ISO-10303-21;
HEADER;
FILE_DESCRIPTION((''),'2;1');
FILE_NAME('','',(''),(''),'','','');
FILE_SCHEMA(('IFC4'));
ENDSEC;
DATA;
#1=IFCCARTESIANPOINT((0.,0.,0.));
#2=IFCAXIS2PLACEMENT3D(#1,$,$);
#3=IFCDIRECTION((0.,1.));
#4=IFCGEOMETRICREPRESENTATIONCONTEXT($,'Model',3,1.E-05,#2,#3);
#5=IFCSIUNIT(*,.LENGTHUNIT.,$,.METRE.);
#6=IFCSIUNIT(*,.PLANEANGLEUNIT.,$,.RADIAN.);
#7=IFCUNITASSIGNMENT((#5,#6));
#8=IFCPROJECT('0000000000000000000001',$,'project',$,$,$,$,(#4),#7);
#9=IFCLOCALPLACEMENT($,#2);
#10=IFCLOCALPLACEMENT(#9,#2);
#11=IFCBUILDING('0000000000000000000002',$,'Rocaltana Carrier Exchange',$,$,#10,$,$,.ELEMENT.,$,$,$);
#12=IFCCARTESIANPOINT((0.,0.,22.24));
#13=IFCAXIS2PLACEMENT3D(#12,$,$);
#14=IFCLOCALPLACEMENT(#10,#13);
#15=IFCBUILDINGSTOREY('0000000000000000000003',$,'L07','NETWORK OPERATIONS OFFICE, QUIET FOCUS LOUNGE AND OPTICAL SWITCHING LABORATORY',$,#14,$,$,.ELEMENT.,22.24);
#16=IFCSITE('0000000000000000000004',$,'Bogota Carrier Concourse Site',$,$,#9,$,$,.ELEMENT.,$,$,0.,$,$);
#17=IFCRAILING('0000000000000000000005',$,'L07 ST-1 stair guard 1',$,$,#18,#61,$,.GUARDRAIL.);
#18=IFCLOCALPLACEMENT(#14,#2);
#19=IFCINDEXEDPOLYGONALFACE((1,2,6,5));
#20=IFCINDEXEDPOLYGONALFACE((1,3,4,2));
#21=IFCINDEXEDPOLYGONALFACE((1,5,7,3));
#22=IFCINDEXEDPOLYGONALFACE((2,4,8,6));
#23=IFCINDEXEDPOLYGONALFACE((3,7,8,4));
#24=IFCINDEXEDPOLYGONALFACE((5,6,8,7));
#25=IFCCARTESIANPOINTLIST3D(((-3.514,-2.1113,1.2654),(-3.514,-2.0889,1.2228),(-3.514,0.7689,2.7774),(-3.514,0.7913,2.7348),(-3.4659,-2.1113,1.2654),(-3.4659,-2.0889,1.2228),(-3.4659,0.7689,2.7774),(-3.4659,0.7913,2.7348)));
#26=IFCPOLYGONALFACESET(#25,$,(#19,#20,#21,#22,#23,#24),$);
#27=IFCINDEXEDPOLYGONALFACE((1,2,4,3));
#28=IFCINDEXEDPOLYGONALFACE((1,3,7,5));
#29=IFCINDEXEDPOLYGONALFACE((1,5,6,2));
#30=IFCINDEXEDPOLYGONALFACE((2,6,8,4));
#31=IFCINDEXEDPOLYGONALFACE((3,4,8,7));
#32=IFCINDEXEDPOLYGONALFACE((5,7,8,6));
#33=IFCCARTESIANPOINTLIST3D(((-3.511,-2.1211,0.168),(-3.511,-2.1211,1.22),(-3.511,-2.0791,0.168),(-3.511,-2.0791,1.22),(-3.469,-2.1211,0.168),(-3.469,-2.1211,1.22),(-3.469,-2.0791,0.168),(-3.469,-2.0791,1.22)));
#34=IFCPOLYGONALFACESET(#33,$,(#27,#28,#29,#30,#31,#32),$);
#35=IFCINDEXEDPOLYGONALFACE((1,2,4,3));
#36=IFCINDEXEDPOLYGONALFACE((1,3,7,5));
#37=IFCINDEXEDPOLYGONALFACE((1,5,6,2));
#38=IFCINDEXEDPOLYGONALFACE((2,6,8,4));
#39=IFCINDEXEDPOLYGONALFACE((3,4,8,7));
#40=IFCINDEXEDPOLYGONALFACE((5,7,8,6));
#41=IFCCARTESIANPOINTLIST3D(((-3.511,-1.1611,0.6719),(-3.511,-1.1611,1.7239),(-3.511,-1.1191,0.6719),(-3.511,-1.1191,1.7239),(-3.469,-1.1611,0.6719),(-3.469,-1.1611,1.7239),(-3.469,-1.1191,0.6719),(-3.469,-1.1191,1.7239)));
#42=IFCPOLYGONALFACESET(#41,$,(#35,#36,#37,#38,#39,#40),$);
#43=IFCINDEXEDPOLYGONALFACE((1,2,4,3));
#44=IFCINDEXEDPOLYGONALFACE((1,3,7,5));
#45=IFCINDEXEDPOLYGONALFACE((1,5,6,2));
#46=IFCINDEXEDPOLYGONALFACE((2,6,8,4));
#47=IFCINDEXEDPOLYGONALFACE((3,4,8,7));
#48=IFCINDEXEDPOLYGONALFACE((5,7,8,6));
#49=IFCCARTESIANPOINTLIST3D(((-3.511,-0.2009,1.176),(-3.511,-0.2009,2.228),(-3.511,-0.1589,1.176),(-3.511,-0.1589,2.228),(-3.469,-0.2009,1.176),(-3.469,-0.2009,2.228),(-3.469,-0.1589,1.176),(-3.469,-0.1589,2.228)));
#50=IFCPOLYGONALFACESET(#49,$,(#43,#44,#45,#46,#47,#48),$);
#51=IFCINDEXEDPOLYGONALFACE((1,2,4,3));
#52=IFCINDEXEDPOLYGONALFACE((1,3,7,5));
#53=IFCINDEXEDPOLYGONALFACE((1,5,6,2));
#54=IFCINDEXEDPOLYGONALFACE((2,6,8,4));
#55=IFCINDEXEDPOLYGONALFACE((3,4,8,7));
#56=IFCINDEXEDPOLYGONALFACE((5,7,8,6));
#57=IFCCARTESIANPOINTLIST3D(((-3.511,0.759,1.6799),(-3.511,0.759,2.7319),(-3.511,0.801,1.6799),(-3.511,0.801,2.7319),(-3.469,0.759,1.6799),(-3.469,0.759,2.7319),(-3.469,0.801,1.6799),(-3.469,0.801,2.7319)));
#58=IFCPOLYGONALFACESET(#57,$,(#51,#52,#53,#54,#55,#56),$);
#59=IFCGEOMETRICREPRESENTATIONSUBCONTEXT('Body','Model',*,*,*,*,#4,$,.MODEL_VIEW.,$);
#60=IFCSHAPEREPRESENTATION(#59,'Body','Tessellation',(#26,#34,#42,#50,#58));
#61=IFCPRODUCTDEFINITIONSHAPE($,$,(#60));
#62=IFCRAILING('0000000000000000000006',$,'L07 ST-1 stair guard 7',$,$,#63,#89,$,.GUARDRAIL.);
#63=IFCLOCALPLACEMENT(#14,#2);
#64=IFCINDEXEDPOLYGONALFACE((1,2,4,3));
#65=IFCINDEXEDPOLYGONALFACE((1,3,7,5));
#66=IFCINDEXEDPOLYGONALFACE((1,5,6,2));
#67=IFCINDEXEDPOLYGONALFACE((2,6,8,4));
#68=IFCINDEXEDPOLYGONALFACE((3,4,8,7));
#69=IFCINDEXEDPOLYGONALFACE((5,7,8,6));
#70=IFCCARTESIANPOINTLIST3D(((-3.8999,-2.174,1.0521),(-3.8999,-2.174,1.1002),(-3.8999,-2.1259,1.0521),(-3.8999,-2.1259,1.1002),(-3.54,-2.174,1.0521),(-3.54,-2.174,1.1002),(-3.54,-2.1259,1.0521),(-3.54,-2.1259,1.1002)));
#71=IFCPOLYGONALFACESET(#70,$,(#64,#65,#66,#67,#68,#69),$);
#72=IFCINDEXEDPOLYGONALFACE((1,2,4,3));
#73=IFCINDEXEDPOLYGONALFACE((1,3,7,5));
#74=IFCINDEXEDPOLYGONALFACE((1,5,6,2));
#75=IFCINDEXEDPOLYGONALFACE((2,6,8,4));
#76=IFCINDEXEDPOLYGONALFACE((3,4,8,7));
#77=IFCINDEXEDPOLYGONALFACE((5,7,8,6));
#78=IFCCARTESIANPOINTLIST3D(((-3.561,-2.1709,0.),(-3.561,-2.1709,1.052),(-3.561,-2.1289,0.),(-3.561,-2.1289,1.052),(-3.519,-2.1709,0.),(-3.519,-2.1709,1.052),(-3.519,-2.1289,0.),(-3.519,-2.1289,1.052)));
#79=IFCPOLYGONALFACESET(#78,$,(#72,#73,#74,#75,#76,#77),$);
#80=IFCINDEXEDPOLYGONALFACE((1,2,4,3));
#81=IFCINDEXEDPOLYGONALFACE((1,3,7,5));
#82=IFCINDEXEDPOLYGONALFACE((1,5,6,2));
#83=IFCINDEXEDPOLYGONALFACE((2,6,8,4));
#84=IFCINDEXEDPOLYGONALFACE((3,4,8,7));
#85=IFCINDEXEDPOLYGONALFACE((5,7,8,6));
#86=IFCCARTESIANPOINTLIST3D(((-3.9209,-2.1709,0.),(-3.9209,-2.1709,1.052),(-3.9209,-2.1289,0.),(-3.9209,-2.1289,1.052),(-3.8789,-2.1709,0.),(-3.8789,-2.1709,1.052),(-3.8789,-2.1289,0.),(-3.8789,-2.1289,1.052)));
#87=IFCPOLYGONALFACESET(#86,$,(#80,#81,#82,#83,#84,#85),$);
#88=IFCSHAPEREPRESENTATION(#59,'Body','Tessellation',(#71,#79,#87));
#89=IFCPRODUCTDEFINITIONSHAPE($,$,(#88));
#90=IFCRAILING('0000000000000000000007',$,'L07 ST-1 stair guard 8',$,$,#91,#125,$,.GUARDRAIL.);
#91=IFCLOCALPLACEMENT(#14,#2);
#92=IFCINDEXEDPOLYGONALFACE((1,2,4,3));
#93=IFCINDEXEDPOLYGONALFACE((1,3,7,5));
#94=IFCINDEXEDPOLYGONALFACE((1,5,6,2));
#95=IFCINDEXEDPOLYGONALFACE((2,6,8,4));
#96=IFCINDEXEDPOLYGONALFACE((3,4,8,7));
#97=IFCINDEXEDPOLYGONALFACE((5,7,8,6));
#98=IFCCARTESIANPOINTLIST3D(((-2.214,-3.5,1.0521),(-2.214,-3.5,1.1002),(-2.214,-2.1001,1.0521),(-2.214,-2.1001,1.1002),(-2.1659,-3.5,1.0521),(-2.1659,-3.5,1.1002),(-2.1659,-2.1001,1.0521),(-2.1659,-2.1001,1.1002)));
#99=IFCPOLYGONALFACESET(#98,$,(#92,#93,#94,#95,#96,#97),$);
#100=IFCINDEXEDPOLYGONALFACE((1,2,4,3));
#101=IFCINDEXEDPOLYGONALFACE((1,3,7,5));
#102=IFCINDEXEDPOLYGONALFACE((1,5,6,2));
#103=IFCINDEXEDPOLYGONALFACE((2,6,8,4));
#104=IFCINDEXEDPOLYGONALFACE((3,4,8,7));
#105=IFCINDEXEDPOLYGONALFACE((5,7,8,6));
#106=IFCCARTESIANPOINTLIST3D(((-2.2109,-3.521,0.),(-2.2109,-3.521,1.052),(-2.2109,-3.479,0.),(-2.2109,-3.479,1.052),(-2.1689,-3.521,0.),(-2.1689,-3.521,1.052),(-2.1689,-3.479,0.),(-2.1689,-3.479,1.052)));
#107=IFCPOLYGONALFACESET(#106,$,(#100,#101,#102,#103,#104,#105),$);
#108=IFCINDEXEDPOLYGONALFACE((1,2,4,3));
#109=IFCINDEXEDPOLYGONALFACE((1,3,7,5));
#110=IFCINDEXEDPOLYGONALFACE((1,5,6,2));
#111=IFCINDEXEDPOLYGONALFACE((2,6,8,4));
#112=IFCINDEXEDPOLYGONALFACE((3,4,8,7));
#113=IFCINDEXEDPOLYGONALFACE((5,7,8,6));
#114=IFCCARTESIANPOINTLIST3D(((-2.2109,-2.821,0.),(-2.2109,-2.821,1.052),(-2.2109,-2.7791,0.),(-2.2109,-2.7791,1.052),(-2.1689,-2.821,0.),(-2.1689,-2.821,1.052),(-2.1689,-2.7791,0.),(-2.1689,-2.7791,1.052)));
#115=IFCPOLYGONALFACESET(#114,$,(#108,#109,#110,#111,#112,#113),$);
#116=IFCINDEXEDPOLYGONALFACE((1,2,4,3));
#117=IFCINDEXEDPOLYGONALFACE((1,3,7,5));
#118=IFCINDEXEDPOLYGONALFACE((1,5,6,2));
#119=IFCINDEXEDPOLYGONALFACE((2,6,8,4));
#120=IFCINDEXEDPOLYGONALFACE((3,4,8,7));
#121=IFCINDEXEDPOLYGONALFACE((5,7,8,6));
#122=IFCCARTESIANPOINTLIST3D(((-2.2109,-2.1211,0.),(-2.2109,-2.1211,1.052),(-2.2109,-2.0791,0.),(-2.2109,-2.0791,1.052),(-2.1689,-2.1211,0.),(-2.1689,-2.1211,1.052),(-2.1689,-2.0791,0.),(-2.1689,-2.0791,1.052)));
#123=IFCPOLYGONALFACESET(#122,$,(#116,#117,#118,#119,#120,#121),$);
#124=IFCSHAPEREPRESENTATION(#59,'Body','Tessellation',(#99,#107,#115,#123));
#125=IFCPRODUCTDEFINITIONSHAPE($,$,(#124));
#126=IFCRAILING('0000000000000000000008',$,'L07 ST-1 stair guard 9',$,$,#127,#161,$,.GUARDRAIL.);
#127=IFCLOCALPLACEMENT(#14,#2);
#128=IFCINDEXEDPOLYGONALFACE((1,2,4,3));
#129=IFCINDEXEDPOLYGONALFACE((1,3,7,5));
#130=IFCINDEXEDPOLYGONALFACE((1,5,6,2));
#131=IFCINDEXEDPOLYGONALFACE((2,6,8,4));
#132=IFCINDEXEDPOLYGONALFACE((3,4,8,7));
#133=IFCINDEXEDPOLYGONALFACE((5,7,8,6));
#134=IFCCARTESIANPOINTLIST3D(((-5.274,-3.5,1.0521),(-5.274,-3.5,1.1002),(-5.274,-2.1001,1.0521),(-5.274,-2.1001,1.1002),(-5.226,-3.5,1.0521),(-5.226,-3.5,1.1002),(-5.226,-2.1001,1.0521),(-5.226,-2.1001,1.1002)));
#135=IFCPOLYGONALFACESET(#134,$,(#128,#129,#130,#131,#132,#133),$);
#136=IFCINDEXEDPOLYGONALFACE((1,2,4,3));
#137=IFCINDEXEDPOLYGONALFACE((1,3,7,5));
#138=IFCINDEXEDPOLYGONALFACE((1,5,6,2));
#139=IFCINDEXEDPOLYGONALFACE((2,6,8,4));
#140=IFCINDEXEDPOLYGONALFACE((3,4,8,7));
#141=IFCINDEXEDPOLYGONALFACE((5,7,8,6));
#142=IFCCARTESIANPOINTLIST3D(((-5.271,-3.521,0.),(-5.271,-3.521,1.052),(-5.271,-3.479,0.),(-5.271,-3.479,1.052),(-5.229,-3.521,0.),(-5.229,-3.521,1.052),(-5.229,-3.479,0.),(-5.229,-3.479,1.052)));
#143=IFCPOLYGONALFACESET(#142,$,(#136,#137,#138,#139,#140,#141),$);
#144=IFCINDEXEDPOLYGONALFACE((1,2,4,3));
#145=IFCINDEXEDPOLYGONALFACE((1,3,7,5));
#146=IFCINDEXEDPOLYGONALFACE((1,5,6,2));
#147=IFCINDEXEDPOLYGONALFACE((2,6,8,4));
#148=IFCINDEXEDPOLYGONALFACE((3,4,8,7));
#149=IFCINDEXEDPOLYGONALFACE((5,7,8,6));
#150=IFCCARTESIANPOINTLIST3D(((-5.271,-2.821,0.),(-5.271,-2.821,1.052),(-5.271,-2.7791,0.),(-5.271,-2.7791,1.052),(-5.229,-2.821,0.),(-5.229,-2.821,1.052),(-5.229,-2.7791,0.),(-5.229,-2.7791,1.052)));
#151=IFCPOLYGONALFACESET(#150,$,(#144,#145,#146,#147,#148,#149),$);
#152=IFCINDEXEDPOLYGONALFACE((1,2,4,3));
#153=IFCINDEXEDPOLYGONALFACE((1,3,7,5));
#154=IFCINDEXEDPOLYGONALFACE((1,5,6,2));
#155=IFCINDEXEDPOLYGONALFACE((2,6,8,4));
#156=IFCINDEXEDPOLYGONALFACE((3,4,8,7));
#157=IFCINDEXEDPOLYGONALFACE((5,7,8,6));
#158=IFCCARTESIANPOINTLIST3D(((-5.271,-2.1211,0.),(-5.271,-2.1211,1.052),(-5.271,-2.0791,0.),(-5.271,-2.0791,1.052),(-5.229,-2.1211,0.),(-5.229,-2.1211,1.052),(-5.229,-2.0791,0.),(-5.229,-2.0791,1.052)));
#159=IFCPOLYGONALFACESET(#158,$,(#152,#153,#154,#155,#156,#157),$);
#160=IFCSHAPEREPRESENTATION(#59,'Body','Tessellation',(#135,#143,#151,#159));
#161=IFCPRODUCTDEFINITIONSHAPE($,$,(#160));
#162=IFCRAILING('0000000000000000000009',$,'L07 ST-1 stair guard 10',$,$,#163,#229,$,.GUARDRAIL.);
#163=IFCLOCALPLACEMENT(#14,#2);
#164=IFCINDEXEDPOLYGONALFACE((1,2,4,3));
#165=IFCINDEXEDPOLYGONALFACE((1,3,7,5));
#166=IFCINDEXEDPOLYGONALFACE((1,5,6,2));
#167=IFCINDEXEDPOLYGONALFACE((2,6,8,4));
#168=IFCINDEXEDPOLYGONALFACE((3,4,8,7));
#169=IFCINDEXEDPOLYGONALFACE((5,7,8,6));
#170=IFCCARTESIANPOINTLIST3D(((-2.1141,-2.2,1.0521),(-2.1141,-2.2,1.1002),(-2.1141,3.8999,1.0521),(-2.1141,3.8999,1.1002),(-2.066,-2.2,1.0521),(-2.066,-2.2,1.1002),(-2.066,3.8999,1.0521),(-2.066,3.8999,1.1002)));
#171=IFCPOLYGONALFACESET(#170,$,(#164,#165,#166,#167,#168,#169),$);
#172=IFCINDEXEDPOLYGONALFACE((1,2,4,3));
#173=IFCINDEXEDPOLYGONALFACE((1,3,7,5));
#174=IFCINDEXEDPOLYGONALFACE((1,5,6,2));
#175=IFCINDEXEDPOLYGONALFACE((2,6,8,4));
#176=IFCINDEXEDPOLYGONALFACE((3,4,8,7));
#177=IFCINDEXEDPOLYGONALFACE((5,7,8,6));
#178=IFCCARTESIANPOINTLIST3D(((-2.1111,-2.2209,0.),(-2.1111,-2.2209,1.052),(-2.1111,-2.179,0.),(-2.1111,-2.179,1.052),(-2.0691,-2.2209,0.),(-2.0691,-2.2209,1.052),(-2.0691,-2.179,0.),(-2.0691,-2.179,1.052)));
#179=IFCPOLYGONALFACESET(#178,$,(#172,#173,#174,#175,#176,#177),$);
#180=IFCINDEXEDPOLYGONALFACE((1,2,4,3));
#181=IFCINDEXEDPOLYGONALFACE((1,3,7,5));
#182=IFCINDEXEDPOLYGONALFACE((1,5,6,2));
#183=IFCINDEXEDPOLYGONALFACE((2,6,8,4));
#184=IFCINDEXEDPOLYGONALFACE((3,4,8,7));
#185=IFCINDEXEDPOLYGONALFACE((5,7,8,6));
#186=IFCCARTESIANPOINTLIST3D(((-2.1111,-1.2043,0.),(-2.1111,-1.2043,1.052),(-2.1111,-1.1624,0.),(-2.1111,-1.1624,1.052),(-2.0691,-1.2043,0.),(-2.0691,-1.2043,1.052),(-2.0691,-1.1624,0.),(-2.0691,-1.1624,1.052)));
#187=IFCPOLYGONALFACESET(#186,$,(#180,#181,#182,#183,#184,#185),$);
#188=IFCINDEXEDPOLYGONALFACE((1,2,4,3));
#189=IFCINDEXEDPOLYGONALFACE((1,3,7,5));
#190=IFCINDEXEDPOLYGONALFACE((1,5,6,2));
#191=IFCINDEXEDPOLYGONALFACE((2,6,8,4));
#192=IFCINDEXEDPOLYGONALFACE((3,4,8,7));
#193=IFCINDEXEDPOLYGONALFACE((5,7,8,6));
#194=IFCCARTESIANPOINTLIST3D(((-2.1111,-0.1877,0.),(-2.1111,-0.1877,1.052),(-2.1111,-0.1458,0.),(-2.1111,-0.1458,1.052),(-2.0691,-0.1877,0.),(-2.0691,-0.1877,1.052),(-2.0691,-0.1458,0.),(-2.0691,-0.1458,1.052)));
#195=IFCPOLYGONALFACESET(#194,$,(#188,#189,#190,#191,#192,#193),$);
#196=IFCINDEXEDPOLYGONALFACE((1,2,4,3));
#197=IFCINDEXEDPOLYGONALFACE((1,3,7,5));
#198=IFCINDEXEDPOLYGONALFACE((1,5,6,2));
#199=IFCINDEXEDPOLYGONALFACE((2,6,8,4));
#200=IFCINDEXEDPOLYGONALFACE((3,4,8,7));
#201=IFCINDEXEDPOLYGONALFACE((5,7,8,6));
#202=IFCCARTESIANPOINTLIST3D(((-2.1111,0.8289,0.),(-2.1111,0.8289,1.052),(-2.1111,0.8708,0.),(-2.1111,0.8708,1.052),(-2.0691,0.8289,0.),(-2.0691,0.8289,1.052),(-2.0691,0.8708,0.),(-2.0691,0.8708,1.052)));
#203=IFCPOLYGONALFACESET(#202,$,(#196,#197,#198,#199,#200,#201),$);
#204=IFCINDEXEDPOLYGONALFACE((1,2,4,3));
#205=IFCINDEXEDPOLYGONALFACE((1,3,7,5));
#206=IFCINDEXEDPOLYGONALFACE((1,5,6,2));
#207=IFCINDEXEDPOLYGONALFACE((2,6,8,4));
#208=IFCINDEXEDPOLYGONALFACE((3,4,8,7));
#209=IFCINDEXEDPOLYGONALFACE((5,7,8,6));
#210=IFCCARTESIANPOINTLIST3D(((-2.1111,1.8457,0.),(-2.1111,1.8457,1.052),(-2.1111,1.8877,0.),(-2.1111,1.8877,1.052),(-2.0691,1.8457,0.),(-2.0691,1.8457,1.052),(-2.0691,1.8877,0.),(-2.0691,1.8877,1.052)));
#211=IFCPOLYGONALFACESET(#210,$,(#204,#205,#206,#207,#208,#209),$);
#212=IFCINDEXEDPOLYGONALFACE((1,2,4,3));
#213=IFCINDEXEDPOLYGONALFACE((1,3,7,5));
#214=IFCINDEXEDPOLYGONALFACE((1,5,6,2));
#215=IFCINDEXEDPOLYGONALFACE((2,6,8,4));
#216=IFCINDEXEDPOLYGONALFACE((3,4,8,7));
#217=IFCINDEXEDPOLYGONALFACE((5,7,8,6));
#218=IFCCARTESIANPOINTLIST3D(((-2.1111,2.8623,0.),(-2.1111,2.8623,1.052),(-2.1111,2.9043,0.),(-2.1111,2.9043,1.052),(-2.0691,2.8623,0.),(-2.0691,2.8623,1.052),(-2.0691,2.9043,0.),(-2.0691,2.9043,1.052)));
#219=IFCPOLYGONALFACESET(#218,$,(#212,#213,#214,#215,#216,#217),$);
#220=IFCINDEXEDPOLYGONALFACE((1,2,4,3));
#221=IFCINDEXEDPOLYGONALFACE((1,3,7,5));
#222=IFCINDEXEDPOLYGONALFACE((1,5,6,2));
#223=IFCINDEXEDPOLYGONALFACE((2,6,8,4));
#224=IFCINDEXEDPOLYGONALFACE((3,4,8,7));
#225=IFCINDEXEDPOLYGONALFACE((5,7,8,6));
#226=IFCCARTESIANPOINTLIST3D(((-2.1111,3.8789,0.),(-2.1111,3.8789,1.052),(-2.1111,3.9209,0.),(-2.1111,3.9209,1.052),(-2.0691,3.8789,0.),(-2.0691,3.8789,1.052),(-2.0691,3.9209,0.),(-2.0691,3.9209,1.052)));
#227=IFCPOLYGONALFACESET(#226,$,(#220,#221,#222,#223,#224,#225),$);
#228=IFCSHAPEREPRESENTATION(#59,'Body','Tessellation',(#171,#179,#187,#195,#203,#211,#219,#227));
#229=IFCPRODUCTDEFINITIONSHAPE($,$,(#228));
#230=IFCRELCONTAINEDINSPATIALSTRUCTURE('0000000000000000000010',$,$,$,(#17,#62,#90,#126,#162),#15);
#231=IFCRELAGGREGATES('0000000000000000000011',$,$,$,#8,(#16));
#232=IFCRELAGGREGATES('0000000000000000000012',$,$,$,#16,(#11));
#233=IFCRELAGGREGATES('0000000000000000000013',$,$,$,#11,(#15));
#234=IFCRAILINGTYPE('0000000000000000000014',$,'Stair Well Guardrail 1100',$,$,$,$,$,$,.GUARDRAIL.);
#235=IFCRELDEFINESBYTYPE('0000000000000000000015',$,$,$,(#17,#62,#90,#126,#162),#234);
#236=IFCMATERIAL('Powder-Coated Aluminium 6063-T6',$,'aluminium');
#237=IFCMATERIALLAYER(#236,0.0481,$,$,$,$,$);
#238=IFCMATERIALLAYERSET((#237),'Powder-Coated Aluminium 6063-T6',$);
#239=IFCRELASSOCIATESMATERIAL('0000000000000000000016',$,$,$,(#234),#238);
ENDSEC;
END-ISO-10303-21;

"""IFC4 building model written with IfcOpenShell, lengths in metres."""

from ifc_helpers import new_model, si_unit, direction, frame, origin, origin_2d, place, context, subcontext, project, spatial, rectangle, extrude, material, layer, layer_set, type_object, element, save


model = new_model("IFC4")

# Units and contexts
model_context = context("Model", 3, precision=1e-05, world=origin(), true_north=direction((0.0, 1.0)))
body_context = subcontext(model_context, "Body", "Model", "MODEL_VIEW")
ifc_project = project(units=[si_unit("LENGTHUNIT", "METRE"), si_unit("PLANEANGLEUNIT", "RADIAN")], contexts=[model_context])

# Site, building, storey
site_placement = place(None, origin())
site = spatial("IfcSite", under=ifc_project, at=site_placement, Name="Bogota Carrier Concourse Site", CompositionType="ELEMENT", RefElevation=0.0)
building_placement = place(site_placement, origin())
building = spatial("IfcBuilding", under=site, at=building_placement, Name="Rocaltana Carrier Exchange", CompositionType="ELEMENT")
storey_placement = place(building_placement, frame((0.0, 0.0, 22.24)))
storey = spatial("IfcBuildingStorey", under=building, at=storey_placement, Name="L07", Description="NETWORK OPERATIONS OFFICE, QUIET FOCUS LOUNGE AND OPTICAL SWITCHING LABORATORY", CompositionType="ELEMENT", Elevation=22.24)

# Railings
ifc_material_1 = material(Name="Powder-Coated Aluminium 6063-T6", Category="aluminium")
ifc_layer_1 = layer(ifc_material_1, 0.0481)
ifc_layer_set_1 = layer_set([ifc_layer_1], Name="Powder-Coated Aluminium 6063-T6")
railing_type_1 = type_object("IfcRailingType", Name="Stair Well Guardrail 1100", PredefinedType="GUARDRAIL", material=ifc_layer_set_1)
railing_1_placement = place(storey_placement, frame((-3.49, -2.1001, 0.168)))
element("IfcRailing", 1, at=railing_1_placement, inside=storey, type_object=railing_type_1, Name="L07 ST-1 stair guard 1", PredefinedType="GUARDRAIL", context=body_context, shape_type="SweptSolid", body=[
    extrude(rectangle(XDim=0.0481, YDim=0.0481, at=origin_2d()), frame((0.0, 0.0, 1.0762), z_axis=(0.0, 0.885411, 0.464809), x_axis=(-1.0, 0.0, 0.0)), (0.0, 0.0, 1.0), 3.2529),
    extrude(rectangle(XDim=0.042, YDim=0.042, at=origin_2d()), origin(), (0.0, 0.0, 1.0), 1.052),
    extrude(rectangle(XDim=0.042, YDim=0.042, at=origin_2d()), frame((0.0, 0.96, 0.5039)), (0.0, 0.0, 1.0), 1.052),
    extrude(rectangle(XDim=0.042, YDim=0.042, at=origin_2d()), frame((0.0, 1.9202, 1.0081)), (0.0, 0.0, 1.0), 1.052),
    extrude(rectangle(XDim=0.042, YDim=0.042, at=origin_2d()), frame((0.0, 2.8801, 1.512)), (0.0, 0.0, 1.0), 1.052),
])
railing_2_placement = place(storey_placement, frame((-3.54, -2.1499, 0.0)))
element("IfcRailing", 2, at=railing_2_placement, inside=storey, type_object=railing_type_1, Name="L07 ST-1 stair guard 7", PredefinedType="GUARDRAIL", context=body_context, shape_type="SweptSolid", body=[
    extrude(rectangle(XDim=0.0481, YDim=0.0481, at=origin_2d()), frame((0.0, 0.0, 1.0762), z_axis=(-1.0, 0.0, 0.0), x_axis=(0.0, -1.0, 0.0)), (0.0, 0.0, 1.0), 0.3599),
    extrude(rectangle(XDim=0.042, YDim=0.042, at=origin_2d()), origin(), (0.0, 0.0, 1.0), 1.052),
    extrude(rectangle(XDim=0.042, YDim=0.042, at=origin_2d()), frame((-0.3599, 0.0, 0.0)), (0.0, 0.0, 1.0), 1.052),
])
for number, where, name in (
    (3, (-2.1899, -3.5, 0.0), "L07 ST-1 stair guard 8"),
    (4, (-5.25, -3.5, 0.0), "L07 ST-1 stair guard 9"),
):
    element("IfcRailing", number, at=place(storey_placement, frame(where)), inside=storey, type_object=railing_type_1, Name=name, PredefinedType="GUARDRAIL", context=body_context, shape_type="SweptSolid", body=[
        extrude(rectangle(XDim=0.0481, YDim=0.0481, at=origin_2d()), frame((0.0, 0.0, 1.0762), z_axis=(0.0, 1.0, 0.0), x_axis=(-1.0, 0.0, 0.0)), (0.0, 0.0, 1.0), 1.3999),
        extrude(rectangle(XDim=0.042, YDim=0.042, at=origin_2d()), origin(), (0.0, 0.0, 1.0), 1.052),
        extrude(rectangle(XDim=0.042, YDim=0.042, at=origin_2d()), frame((0.0, 0.7, 0.0)), (0.0, 0.0, 1.0), 1.052),
        extrude(rectangle(XDim=0.042, YDim=0.042, at=origin_2d()), frame((0.0, 1.3999, 0.0)), (0.0, 0.0, 1.0), 1.052),
    ])
for number, where, name in (
    (5, (-2.0901, -2.2, 0.0), "L07 ST-1 stair guard 10"),
):
    element("IfcRailing", number, at=place(storey_placement, frame(where)), inside=storey, type_object=railing_type_1, Name=name, PredefinedType="GUARDRAIL", context=body_context, shape_type="SweptSolid", body=[
        extrude(rectangle(XDim=0.0481, YDim=0.0481, at=origin_2d()), frame((0.0, 0.0, 1.0762), z_axis=(0.0, 1.0, 0.0), x_axis=(-1.0, 0.0, 0.0)), (0.0, 0.0, 1.0), 6.0999),
        extrude(rectangle(XDim=0.042, YDim=0.042, at=origin_2d()), origin(), (0.0, 0.0, 1.0), 1.052),
        extrude(rectangle(XDim=0.042, YDim=0.042, at=origin_2d()), frame((0.0, 1.0166, 0.0)), (0.0, 0.0, 1.0), 1.052),
        extrude(rectangle(XDim=0.042, YDim=0.042, at=origin_2d()), frame((0.0, 2.0332, 0.0)), (0.0, 0.0, 1.0), 1.052),
        extrude(rectangle(XDim=0.042, YDim=0.042, at=origin_2d()), frame((0.0, 3.0498, 0.0)), (0.0, 0.0, 1.0), 1.052),
        extrude(rectangle(XDim=0.042, YDim=0.042, at=origin_2d()), frame((0.0, 4.0667, 0.0)), (0.0, 0.0, 1.0), 1.052),
        extrude(rectangle(XDim=0.042, YDim=0.042, at=origin_2d()), frame((0.0, 5.0833, 0.0)), (0.0, 0.0, 1.0), 1.052),
        extrude(rectangle(XDim=0.042, YDim=0.042, at=origin_2d()), frame((0.0, 6.0999, 0.0)), (0.0, 0.0, 1.0), 1.052),
    ])

save(model, "model.ifc")
